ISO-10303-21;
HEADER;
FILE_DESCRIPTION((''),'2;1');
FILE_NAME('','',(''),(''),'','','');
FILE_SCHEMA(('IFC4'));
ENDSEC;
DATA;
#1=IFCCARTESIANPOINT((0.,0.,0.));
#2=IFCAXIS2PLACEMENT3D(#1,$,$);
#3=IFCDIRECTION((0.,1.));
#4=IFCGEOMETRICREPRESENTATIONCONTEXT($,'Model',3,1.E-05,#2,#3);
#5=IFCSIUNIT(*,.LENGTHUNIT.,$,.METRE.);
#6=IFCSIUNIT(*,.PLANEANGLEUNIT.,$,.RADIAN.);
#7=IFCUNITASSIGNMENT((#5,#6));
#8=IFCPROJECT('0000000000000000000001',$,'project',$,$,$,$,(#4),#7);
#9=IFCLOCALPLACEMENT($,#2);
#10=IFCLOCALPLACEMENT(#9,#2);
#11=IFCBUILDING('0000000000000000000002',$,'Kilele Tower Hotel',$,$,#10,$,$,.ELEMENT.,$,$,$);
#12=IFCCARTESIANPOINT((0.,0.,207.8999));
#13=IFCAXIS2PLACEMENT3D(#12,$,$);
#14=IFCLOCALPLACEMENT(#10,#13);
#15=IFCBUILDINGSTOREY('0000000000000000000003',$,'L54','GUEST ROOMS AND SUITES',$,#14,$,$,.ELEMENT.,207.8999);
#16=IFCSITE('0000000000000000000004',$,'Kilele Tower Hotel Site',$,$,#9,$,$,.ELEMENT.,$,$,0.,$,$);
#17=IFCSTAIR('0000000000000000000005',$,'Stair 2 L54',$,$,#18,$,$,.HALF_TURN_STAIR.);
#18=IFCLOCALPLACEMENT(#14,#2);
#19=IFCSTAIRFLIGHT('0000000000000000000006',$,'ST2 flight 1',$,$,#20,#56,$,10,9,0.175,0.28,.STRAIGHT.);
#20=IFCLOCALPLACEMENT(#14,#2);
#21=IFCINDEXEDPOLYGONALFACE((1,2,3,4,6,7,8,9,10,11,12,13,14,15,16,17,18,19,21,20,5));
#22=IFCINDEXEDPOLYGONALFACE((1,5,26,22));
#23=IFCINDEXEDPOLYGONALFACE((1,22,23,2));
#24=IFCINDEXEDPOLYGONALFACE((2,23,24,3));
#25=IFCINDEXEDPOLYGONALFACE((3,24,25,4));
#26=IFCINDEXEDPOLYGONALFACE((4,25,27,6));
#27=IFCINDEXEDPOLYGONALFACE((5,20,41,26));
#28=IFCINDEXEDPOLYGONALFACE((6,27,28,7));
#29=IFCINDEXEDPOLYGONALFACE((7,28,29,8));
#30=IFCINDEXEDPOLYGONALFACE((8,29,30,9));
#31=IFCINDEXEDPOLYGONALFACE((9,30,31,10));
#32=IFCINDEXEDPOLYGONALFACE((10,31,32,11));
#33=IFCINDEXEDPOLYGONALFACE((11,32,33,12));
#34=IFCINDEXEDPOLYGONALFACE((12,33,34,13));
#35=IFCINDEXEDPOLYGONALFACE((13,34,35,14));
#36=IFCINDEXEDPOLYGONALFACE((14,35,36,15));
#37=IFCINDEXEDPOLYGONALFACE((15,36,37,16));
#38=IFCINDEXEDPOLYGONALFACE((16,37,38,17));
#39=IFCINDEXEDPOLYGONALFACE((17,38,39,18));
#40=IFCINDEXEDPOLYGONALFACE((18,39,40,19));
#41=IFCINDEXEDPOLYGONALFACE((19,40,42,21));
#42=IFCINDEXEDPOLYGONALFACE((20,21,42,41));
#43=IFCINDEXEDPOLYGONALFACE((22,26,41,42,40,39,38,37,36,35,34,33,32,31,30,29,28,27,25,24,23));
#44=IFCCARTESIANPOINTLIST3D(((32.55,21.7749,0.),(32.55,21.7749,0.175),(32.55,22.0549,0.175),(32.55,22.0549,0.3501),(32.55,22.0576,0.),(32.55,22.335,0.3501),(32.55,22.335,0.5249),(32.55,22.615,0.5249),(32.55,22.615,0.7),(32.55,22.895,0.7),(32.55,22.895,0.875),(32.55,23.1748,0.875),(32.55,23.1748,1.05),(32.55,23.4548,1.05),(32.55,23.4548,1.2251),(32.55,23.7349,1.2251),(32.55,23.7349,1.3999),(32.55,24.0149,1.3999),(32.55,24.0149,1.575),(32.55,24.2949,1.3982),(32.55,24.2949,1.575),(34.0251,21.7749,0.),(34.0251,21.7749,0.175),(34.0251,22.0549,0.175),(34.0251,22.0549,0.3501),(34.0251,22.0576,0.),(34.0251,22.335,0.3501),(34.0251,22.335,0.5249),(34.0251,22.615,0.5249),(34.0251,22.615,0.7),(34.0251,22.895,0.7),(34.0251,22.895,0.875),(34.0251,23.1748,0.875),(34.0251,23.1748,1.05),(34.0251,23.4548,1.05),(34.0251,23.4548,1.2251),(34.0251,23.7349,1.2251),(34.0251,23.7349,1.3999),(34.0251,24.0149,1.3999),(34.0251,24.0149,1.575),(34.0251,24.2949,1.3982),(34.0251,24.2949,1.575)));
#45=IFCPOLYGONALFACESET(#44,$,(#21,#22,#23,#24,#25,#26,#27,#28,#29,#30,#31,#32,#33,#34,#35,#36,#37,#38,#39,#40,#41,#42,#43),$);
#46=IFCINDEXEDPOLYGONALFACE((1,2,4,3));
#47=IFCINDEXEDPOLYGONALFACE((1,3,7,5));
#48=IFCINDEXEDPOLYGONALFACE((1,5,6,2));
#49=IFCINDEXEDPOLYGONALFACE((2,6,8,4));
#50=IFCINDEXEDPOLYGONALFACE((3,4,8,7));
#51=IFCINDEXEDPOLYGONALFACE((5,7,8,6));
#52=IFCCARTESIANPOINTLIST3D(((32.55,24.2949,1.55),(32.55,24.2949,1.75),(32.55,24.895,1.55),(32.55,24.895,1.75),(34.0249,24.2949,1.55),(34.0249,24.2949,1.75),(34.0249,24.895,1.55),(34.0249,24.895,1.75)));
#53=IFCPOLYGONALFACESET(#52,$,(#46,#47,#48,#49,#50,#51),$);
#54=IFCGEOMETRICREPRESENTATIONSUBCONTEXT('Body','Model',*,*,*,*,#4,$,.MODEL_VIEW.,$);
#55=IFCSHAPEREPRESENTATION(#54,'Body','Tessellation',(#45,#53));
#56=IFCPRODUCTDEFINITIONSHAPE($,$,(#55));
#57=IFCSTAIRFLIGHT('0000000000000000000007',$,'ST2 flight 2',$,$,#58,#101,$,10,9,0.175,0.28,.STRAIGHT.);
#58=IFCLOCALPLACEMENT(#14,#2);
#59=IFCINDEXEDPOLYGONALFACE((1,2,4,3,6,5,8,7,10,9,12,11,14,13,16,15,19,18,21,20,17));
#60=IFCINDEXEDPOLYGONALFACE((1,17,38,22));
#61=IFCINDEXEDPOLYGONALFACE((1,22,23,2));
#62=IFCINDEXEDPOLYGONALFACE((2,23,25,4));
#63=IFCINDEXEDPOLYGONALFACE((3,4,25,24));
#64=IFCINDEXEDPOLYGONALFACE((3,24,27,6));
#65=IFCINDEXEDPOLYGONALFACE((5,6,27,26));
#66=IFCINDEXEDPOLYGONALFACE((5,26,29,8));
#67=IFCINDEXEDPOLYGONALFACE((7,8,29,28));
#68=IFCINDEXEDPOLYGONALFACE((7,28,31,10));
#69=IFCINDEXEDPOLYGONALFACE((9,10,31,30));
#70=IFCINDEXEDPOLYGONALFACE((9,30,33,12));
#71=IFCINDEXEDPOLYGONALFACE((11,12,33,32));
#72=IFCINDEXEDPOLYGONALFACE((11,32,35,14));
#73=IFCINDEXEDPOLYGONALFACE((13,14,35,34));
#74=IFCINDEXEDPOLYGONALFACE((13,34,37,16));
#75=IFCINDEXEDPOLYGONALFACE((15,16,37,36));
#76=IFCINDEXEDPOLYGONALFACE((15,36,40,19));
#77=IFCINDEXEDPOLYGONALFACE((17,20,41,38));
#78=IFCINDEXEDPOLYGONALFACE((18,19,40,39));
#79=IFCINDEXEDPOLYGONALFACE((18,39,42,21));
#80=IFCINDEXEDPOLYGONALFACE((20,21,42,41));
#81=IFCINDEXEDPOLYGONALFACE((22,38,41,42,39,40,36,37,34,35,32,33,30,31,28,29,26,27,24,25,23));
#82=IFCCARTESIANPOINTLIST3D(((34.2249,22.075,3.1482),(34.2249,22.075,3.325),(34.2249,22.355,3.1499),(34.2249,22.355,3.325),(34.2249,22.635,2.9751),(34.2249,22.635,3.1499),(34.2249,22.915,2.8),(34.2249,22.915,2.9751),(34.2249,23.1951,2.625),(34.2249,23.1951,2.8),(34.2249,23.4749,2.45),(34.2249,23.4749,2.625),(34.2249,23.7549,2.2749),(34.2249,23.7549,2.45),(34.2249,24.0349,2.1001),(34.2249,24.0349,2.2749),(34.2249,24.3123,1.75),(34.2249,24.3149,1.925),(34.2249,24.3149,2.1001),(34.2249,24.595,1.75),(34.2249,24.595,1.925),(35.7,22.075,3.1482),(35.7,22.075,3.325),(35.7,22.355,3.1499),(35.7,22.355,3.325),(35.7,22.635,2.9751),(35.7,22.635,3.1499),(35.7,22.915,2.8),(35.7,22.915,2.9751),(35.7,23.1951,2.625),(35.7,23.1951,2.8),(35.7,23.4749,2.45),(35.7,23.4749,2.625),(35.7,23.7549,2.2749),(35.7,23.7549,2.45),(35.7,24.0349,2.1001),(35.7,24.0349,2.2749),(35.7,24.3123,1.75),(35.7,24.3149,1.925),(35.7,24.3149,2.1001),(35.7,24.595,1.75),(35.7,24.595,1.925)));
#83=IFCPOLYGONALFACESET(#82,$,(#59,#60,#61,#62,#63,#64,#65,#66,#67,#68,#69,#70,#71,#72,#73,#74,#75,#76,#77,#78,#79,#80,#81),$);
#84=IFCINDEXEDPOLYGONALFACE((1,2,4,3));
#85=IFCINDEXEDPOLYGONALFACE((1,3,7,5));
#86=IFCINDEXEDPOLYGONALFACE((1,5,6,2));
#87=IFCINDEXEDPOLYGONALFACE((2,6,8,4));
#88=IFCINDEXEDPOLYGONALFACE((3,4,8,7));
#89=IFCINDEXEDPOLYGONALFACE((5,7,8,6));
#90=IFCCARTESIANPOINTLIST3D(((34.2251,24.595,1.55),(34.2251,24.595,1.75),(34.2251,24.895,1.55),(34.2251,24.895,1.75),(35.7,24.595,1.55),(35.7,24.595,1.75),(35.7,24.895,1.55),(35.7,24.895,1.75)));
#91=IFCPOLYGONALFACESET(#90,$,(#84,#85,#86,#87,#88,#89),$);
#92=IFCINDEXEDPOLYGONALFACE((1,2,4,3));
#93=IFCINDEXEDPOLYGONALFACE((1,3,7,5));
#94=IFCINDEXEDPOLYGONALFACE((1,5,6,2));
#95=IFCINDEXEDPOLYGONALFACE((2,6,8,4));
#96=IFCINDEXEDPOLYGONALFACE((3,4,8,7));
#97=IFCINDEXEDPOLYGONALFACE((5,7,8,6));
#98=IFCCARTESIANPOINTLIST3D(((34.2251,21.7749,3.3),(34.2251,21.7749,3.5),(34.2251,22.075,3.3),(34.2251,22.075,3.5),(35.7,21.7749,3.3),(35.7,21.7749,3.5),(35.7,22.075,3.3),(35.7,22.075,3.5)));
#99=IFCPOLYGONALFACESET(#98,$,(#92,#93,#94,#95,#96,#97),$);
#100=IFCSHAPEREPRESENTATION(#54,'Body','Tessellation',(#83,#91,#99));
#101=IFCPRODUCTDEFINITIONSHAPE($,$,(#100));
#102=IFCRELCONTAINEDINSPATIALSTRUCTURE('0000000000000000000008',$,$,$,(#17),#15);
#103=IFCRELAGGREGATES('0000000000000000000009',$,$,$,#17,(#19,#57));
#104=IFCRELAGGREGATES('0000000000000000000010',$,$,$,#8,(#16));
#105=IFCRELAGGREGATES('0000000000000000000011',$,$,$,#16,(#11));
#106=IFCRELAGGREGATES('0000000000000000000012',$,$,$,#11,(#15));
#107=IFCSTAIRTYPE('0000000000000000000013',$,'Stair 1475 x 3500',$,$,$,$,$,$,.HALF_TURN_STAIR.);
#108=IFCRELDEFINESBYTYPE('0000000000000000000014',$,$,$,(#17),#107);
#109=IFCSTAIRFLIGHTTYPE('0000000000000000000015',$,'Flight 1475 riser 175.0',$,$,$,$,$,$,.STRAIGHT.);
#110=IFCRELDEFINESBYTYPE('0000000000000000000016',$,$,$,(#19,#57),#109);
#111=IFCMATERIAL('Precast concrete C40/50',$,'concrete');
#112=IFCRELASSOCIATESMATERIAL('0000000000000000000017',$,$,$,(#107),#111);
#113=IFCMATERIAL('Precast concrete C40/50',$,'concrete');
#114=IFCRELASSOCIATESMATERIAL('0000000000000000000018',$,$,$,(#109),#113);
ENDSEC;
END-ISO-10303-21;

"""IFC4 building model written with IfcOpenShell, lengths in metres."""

from ifc_helpers import new_model, si_unit, direction, frame, origin, place, context, subcontext, project, spatial, polyline, outline, extrude, material, type_object, element, aggregate, save


model = new_model("IFC4")

# Units and contexts
model_context = context("Model", 3, precision=1e-05, world=origin(), true_north=direction((0.0, 1.0)))
body_context = subcontext(model_context, "Body", "Model", "MODEL_VIEW")
ifc_project = project(units=[si_unit("LENGTHUNIT", "METRE"), si_unit("PLANEANGLEUNIT", "RADIAN")], contexts=[model_context])

# Site, building, storey
site_placement = place(None, origin())
site = spatial("IfcSite", under=ifc_project, at=site_placement, Name="Kilele Tower Hotel Site", CompositionType="ELEMENT", RefElevation=0.0)
building_placement = place(site_placement, origin())
building = spatial("IfcBuilding", under=site, at=building_placement, Name="Kilele Tower Hotel", CompositionType="ELEMENT")
storey_placement = place(building_placement, frame((0.0, 0.0, 207.8999)))
storey = spatial("IfcBuildingStorey", under=building, at=storey_placement, Name="L54", Description="GUEST ROOMS AND SUITES", CompositionType="ELEMENT", Elevation=207.8999)

# Stair, stair flights
ifc_material_1 = material(Name="Precast concrete C40/50", Category="concrete")
stair_type = type_object("IfcStairType", Name="Stair 1475 x 3500", PredefinedType="HALF_TURN_STAIR", material=ifc_material_1)
stair_placement = place(storey_placement, origin())
stair = element("IfcStair", 1, at=stair_placement, inside=storey, type_object=stair_type, Name="Stair 2 L54", PredefinedType="HALF_TURN_STAIR")
ifc_material_2 = material(Name="Precast concrete C40/50", Category="concrete")
stair_flight_type = type_object("IfcStairFlightType", Name="Flight 1475 riser 175.0", PredefinedType="STRAIGHT", material=ifc_material_2)
stair_flight_1_placement = place(storey_placement, frame((33.2876, 21.7749, 0.0), z_axis=(0.0, 0.0, 1.0), x_axis=(0.0, 1.0, 0.0)))
stair_flight_1 = element("IfcStairFlight", 2, at=stair_flight_1_placement, type_object=stair_flight_type, Name="ST2 flight 1", NumberOfRisers=10, NumberOfTreads=9, PredefinedType="STRAIGHT", RiserHeight=0.175, TreadLength=0.28, context=body_context, shape_type="SweptSolid", body=[
    extrude(outline(polyline([(0.0, 0.0), (0.0, 0.175), (0.28, 0.175), (0.28, 0.3501), (0.5601, 0.3501), (0.5601, 0.5249), (0.8401, 0.5249), (0.8401, 0.7), (1.1201, 0.7), (1.1201, 0.875), (1.3999, 0.875), (1.3999, 1.05), (1.6799, 1.05), (1.6799, 1.2251), (1.96, 1.2251), (1.96, 1.3999), (2.24, 1.3999), (2.24, 1.575), (2.52, 1.575), (2.52, 1.75), (2.52, 1.3982), (0.2827, 0.0), (0.0, 0.0)])), frame((0.0, 0.7375, 0.0), z_axis=(0.0, -1.0, 0.0), x_axis=(1.0, 0.0, 0.0)), (0.0, 0.0, 1.0), 1.4751),
    extrude(outline(polyline([(2.52, 0.7375), (2.52, -0.7373), (3.1201, -0.7373), (3.1201, 0.7375), (2.52, 0.7375)])), frame((0.0, 0.0, 1.55)), (0.0, 0.0, 1.0), 0.2),
])
stair_flight_2_placement = place(storey_placement, frame((34.9624, 24.595, 1.75), z_axis=(0.0, 0.0, 1.0), x_axis=(0.0, -1.0, 0.0)))
stair_flight_2 = element("IfcStairFlight", 3, at=stair_flight_2_placement, type_object=stair_flight_type, Name="ST2 flight 2", NumberOfRisers=10, NumberOfTreads=9, PredefinedType="STRAIGHT", RiserHeight=0.175, TreadLength=0.28, context=body_context, shape_type="SweptSolid", body=[
    extrude(outline(polyline([(0.0, 0.0), (0.0, 0.175), (0.28, 0.175), (0.28, 0.3501), (0.5601, 0.3501), (0.5601, 0.5249), (0.8401, 0.5249), (0.8401, 0.7), (1.1201, 0.7), (1.1201, 0.875), (1.3999, 0.875), (1.3999, 1.05), (1.6799, 1.05), (1.6799, 1.2251), (1.96, 1.2251), (1.96, 1.3999), (2.24, 1.3999), (2.24, 1.575), (2.52, 1.575), (2.52, 1.75), (2.52, 1.3982), (0.2827, 0.0), (0.0, 0.0)])), frame((0.0, 0.7375, 0.0), z_axis=(0.0, -1.0, 0.0), x_axis=(1.0, 0.0, 0.0)), (0.0, 0.0, 1.0), 1.4751),
    extrude(outline(polyline([(0.0, -0.7373), (0.0, 0.7375), (-0.3, 0.7375), (-0.3, -0.7373), (0.0, -0.7373)])), frame((0.0, 0.0, -0.2)), (0.0, 0.0, 1.0), 0.2),
    extrude(outline(polyline([(2.8201, -0.7373), (2.8201, 0.7375), (2.52, 0.7375), (2.52, -0.7373), (2.8201, -0.7373)])), frame((0.0, 0.0, 1.55)), (0.0, 0.0, 1.0), 0.2),
])
aggregate(stair, [stair_flight_1, stair_flight_2])

save(model, "model.ifc")
